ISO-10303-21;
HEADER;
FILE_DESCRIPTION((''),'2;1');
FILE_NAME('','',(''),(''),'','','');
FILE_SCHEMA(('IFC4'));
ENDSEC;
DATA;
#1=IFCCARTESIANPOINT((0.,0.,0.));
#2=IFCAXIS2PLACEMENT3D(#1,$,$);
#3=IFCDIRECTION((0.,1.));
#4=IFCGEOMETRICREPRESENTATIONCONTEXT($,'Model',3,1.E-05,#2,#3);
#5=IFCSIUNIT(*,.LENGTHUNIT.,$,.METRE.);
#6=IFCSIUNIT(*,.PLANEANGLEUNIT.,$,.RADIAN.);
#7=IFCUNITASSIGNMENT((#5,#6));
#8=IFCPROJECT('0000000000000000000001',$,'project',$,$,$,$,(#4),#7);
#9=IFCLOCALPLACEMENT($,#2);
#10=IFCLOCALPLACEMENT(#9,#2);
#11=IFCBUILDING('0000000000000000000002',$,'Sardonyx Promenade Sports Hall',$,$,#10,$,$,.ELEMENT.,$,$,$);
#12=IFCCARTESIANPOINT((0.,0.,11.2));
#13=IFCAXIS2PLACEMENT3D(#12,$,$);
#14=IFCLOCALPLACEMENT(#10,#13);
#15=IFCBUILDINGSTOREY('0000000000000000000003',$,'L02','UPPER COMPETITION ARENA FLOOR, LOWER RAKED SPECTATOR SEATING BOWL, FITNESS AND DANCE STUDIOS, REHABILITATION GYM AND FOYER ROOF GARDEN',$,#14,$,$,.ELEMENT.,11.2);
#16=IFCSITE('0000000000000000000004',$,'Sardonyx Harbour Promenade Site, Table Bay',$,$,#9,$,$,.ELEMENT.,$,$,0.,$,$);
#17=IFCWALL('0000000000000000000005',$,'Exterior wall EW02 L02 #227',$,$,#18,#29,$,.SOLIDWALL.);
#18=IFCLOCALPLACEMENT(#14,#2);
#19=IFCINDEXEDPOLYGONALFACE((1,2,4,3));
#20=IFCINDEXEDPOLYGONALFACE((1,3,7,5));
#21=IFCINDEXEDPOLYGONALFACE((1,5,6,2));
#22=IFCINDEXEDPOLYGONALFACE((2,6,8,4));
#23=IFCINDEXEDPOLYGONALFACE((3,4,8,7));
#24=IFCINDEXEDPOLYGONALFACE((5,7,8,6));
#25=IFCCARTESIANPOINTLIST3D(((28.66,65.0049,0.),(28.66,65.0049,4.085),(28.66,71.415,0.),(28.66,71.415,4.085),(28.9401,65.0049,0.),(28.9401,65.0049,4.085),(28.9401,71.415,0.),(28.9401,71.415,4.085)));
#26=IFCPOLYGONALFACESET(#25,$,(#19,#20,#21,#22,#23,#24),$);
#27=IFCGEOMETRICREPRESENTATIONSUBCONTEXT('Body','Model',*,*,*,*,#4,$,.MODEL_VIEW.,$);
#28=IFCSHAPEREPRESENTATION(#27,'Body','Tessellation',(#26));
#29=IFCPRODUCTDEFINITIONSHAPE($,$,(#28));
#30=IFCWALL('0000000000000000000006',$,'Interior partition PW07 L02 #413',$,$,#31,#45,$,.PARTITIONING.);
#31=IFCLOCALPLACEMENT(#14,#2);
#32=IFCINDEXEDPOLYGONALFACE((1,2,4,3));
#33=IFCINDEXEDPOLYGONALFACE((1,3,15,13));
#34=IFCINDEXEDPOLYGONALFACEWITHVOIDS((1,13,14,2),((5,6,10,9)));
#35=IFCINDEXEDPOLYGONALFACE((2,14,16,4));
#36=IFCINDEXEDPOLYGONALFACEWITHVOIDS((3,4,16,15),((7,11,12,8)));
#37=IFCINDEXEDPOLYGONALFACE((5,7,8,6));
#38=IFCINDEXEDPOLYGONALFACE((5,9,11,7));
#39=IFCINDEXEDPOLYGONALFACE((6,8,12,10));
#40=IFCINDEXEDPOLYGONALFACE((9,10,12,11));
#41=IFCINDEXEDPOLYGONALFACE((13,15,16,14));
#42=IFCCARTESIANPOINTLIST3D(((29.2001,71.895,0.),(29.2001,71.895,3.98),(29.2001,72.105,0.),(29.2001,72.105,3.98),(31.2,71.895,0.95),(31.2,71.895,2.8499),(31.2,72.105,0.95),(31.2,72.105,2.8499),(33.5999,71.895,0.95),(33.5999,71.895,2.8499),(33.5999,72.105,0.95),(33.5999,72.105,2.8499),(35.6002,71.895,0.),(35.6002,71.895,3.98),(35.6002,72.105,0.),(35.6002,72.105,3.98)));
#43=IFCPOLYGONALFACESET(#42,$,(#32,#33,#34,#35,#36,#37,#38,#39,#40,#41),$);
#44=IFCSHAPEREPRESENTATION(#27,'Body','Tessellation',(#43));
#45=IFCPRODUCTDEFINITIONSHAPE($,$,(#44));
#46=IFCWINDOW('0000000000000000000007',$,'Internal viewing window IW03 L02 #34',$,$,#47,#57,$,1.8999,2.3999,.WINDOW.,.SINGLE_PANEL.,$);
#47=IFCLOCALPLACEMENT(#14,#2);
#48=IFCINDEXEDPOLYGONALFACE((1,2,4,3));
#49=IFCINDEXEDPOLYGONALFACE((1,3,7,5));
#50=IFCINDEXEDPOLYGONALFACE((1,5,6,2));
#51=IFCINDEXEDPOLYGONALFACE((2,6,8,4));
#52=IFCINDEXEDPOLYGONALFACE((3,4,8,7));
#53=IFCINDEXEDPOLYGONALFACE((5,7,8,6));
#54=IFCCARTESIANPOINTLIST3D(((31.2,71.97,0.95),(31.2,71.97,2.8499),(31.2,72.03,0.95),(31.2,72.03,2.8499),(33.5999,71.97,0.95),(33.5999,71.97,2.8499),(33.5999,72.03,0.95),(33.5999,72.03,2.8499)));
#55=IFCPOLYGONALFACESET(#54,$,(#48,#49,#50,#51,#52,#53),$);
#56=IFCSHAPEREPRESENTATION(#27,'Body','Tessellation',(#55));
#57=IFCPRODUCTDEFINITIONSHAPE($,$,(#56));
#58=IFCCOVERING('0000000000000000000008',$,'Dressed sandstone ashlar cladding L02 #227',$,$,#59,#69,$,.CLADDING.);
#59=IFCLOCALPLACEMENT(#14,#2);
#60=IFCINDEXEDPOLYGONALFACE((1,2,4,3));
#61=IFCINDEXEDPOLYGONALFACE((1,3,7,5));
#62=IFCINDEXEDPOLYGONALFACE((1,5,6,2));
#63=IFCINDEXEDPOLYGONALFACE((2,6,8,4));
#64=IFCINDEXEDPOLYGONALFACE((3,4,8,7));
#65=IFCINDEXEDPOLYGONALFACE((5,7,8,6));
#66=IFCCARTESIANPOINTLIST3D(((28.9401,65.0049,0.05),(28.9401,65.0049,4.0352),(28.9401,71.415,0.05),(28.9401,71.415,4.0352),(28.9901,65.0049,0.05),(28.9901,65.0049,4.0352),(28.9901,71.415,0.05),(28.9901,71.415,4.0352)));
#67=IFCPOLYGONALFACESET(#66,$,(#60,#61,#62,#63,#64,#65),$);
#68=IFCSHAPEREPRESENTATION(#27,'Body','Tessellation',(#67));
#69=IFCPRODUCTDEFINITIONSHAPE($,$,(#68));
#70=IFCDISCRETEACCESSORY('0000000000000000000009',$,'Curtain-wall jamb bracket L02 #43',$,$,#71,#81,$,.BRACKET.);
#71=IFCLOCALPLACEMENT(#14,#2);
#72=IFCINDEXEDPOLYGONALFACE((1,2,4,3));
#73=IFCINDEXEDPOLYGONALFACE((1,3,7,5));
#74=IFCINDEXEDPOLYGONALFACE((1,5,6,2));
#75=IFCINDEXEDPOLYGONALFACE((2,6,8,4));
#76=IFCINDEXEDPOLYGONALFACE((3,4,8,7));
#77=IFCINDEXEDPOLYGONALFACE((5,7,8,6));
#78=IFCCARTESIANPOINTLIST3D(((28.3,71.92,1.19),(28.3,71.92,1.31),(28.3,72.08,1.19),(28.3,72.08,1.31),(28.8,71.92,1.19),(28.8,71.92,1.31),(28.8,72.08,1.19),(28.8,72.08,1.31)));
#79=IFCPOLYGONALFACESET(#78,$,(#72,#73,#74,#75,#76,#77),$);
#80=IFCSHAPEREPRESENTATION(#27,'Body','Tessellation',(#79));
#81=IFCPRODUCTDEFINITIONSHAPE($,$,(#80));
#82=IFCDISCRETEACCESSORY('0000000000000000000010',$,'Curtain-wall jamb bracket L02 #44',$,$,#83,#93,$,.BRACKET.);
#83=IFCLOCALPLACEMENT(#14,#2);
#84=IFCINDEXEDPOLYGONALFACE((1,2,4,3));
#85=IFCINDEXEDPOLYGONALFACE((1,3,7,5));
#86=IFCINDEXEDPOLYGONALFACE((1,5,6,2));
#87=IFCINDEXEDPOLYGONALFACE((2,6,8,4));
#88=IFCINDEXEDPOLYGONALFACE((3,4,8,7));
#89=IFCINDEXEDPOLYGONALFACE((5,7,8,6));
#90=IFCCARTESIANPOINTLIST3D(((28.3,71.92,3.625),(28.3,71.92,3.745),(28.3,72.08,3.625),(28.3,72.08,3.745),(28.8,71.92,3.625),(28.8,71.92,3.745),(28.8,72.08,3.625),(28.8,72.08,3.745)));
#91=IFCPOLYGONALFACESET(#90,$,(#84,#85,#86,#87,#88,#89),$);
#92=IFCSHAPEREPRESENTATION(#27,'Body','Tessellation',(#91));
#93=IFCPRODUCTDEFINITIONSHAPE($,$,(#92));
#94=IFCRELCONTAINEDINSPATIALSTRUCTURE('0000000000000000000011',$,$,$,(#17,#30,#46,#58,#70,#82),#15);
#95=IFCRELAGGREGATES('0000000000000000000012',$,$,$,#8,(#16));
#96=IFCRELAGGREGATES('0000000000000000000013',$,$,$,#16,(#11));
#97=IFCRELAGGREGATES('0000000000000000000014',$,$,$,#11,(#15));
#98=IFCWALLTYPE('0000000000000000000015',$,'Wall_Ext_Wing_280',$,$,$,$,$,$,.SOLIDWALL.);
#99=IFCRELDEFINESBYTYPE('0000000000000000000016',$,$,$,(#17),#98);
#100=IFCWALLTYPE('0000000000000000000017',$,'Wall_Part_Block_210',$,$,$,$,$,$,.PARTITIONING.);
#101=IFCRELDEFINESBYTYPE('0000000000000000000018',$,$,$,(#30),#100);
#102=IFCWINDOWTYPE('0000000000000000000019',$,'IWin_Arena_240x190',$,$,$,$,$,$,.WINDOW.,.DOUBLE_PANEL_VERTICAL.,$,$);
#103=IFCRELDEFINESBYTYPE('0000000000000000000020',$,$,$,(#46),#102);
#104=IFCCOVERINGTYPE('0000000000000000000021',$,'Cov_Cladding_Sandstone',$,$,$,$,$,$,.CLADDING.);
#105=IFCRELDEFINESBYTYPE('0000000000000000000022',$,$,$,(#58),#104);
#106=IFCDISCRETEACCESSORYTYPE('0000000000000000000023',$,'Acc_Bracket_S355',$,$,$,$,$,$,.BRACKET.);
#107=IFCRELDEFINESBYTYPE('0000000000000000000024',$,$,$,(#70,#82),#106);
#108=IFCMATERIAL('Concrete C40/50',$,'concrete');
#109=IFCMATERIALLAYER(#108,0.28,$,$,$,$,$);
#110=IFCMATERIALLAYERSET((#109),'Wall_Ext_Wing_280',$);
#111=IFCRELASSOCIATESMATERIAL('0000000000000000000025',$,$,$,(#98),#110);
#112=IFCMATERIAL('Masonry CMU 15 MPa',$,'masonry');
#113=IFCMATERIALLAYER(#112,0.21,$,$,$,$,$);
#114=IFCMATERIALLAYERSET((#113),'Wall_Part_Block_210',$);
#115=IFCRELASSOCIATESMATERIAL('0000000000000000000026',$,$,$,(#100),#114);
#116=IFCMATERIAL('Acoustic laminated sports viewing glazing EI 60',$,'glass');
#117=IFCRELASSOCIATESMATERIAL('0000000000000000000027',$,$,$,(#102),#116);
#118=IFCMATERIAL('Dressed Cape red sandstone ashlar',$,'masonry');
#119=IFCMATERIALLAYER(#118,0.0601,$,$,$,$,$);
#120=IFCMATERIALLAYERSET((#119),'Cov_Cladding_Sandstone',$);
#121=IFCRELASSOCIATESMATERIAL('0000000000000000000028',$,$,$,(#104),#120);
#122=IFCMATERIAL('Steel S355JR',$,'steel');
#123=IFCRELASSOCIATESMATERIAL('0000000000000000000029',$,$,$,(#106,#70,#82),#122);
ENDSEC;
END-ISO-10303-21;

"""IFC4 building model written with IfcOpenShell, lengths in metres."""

from ifc_helpers import new_model, si_unit, direction, frame, frame_2d, origin, place, context, subcontext, project, spatial, rectangle, extrude, material, layer, layer_set, type_object, element, fill, save


model = new_model("IFC4")

# Units and contexts
model_context = context("Model", 3, precision=1e-05, world=origin(), true_north=direction((0.0, 1.0)))
body_context = subcontext(model_context, "Body", "Model", "MODEL_VIEW")
ifc_project = project(units=[si_unit("LENGTHUNIT", "METRE"), si_unit("PLANEANGLEUNIT", "RADIAN")], contexts=[model_context])

# Site, building, storey
site_placement = place(None, origin())
site = spatial("IfcSite", under=ifc_project, at=site_placement, Name="Sardonyx Harbour Promenade Site, Table Bay", CompositionType="ELEMENT", RefElevation=0.0)
building_placement = place(site_placement, origin())
building = spatial("IfcBuilding", under=site, at=building_placement, Name="Sardonyx Promenade Sports Hall", CompositionType="ELEMENT")
storey_placement = place(building_placement, frame((0.0, 0.0, 11.2)))
storey = spatial("IfcBuildingStorey", under=building, at=storey_placement, Name="L02", Description="UPPER COMPETITION ARENA FLOOR, LOWER RAKED SPECTATOR SEATING BOWL, FITNESS AND DANCE STUDIOS, REHABILITATION GYM AND FOYER ROOF GARDEN", CompositionType="ELEMENT", Elevation=11.2)

# Wall
ifc_material_1 = material(Name="Concrete C40/50", Category="concrete")
ifc_layer_1 = layer(ifc_material_1, 0.28)
ifc_layer_set_1 = layer_set([ifc_layer_1], Name="Wall_Ext_Wing_280")
wall_type_1 = type_object("IfcWallType", Name="Wall_Ext_Wing_280", PredefinedType="SOLIDWALL", material=ifc_layer_set_1)
wall_1_placement = place(storey_placement, frame((28.8, 71.415, 0.0), z_axis=(0.0, 0.0, 1.0), x_axis=(0.0, -1.0, 0.0)))
element("IfcWall", 1, at=wall_1_placement, inside=storey, type_object=wall_type_1, Name="Exterior wall EW02 L02 #227", PredefinedType="SOLIDWALL", context=body_context, shape_type="SweptSolid", body=[
    extrude(rectangle(XDim=6.4102, YDim=0.28, at=frame_2d((3.2051, 0.0))), origin(), (0.0, 0.0, 1.0), 4.085),
])

# Wall, opening, window
ifc_material_2 = material(Name="Masonry CMU 15 MPa", Category="masonry")
ifc_layer_2 = layer(ifc_material_2, 0.21)
ifc_layer_set_2 = layer_set([ifc_layer_2], Name="Wall_Part_Block_210")
wall_type_2 = type_object("IfcWallType", Name="Wall_Part_Block_210", PredefinedType="PARTITIONING", material=ifc_layer_set_2)
wall_2_placement = place(storey_placement, frame((29.2, 72.0, 0.0), z_axis=(0.0, 0.0, 1.0), x_axis=(1.0, 0.0, 0.0)))
wall_2 = element("IfcWall", 2, at=wall_2_placement, inside=storey, type_object=wall_type_2, Name="Interior partition PW07 L02 #413", PredefinedType="PARTITIONING", context=body_context, shape_type="SweptSolid", body=[
    extrude(rectangle(XDim=6.4001, YDim=0.21, at=frame_2d((3.2002, 0.0))), origin(), (0.0, 0.0, 1.0), 3.98),
])
opening_placement = place(wall_2_placement, frame((2.0, 0.0, 0.95)))
opening = element("IfcOpeningElement", 3, at=opening_placement, cuts=wall_2, PredefinedType="OPENING", context=body_context, shape_type="SweptSolid", body=[
    extrude(rectangle(XDim=2.3999, YDim=1.8999, at=frame_2d((1.2, 0.95))), frame((0.0, 0.115, 0.0), z_axis=(0.0, -1.0, 0.0), x_axis=(1.0, 0.0, 0.0)), (0.0, 0.0, 1.0), 0.23),
])
ifc_material_3 = material(Name="Acoustic laminated sports viewing glazing EI 60", Category="glass")
window_type = type_object("IfcWindowType", Name="IWin_Arena_240x190", PartitioningType="DOUBLE_PANEL_VERTICAL", PredefinedType="WINDOW", material=ifc_material_3)
window_placement = place(opening_placement, origin())
window = element("IfcWindow", 4, at=window_placement, inside=storey, type_object=window_type, Name="Internal viewing window IW03 L02 #34", OverallHeight=1.8999, OverallWidth=2.3999, PartitioningType="SINGLE_PANEL", PredefinedType="WINDOW", context=body_context, shape_type="SweptSolid", body=[
    extrude(rectangle(XDim=2.3999, YDim=1.8999, at=frame_2d((1.2, 0.95))), frame((0.0, 0.03, 0.0), z_axis=(0.0, -1.0, 0.0), x_axis=(1.0, 0.0, 0.0)), (0.0, 0.0, 1.0), 0.0601),
])
fill(opening, window)

# Covering
ifc_material_4 = material(Name="Dressed Cape red sandstone ashlar", Category="masonry")
ifc_layer_3 = layer(ifc_material_4, 0.0601)
ifc_layer_set_3 = layer_set([ifc_layer_3], Name="Cov_Cladding_Sandstone")
covering_type = type_object("IfcCoveringType", Name="Cov_Cladding_Sandstone", PredefinedType="CLADDING", material=ifc_layer_set_3)
covering_placement = place(storey_placement, frame((28.9651, 71.415, 0.05), z_axis=(0.0, 0.0, 1.0), x_axis=(0.0, -1.0, 0.0)))
element("IfcCovering", 5, at=covering_placement, inside=storey, type_object=covering_type, Name="Dressed sandstone ashlar cladding L02 #227", PredefinedType="CLADDING", context=body_context, shape_type="SweptSolid", body=[
    extrude(rectangle(XDim=6.4102, YDim=0.05, at=frame_2d((3.2051, 0.0))), origin(), (0.0, 0.0, 1.0), 3.9851),
])

# Discrete accessories
ifc_material_5 = material(Name="Steel S355JR", Category="steel")
discrete_accessory_type = type_object("IfcDiscreteAccessoryType", Name="Acc_Bracket_S355", PredefinedType="BRACKET", material=ifc_material_5)
for number, where, z_axis, x_axis, name in (
    (6, (28.55, 72.0, 1.19), (0.0, 0.0, 1.0), (1.0, 0.0, 0.0), "Curtain-wall jamb bracket L02 #43"),
    (7, (28.55, 72.0, 3.625), (0.0, 0.0, 1.0), (1.0, 0.0, 0.0), "Curtain-wall jamb bracket L02 #44"),
):
    element("IfcDiscreteAccessory", number, at=place(storey_placement, frame(where, z_axis=z_axis, x_axis=x_axis)), inside=storey, type_object=discrete_accessory_type, material=ifc_material_5, Name=name, PredefinedType="BRACKET", context=body_context, shape_type="SweptSolid", body=[
        extrude(rectangle(XDim=0.5, YDim=0.16), origin(), (0.0, 0.0, 1.0), 0.12),
    ])

save(model, "model.ifc")
